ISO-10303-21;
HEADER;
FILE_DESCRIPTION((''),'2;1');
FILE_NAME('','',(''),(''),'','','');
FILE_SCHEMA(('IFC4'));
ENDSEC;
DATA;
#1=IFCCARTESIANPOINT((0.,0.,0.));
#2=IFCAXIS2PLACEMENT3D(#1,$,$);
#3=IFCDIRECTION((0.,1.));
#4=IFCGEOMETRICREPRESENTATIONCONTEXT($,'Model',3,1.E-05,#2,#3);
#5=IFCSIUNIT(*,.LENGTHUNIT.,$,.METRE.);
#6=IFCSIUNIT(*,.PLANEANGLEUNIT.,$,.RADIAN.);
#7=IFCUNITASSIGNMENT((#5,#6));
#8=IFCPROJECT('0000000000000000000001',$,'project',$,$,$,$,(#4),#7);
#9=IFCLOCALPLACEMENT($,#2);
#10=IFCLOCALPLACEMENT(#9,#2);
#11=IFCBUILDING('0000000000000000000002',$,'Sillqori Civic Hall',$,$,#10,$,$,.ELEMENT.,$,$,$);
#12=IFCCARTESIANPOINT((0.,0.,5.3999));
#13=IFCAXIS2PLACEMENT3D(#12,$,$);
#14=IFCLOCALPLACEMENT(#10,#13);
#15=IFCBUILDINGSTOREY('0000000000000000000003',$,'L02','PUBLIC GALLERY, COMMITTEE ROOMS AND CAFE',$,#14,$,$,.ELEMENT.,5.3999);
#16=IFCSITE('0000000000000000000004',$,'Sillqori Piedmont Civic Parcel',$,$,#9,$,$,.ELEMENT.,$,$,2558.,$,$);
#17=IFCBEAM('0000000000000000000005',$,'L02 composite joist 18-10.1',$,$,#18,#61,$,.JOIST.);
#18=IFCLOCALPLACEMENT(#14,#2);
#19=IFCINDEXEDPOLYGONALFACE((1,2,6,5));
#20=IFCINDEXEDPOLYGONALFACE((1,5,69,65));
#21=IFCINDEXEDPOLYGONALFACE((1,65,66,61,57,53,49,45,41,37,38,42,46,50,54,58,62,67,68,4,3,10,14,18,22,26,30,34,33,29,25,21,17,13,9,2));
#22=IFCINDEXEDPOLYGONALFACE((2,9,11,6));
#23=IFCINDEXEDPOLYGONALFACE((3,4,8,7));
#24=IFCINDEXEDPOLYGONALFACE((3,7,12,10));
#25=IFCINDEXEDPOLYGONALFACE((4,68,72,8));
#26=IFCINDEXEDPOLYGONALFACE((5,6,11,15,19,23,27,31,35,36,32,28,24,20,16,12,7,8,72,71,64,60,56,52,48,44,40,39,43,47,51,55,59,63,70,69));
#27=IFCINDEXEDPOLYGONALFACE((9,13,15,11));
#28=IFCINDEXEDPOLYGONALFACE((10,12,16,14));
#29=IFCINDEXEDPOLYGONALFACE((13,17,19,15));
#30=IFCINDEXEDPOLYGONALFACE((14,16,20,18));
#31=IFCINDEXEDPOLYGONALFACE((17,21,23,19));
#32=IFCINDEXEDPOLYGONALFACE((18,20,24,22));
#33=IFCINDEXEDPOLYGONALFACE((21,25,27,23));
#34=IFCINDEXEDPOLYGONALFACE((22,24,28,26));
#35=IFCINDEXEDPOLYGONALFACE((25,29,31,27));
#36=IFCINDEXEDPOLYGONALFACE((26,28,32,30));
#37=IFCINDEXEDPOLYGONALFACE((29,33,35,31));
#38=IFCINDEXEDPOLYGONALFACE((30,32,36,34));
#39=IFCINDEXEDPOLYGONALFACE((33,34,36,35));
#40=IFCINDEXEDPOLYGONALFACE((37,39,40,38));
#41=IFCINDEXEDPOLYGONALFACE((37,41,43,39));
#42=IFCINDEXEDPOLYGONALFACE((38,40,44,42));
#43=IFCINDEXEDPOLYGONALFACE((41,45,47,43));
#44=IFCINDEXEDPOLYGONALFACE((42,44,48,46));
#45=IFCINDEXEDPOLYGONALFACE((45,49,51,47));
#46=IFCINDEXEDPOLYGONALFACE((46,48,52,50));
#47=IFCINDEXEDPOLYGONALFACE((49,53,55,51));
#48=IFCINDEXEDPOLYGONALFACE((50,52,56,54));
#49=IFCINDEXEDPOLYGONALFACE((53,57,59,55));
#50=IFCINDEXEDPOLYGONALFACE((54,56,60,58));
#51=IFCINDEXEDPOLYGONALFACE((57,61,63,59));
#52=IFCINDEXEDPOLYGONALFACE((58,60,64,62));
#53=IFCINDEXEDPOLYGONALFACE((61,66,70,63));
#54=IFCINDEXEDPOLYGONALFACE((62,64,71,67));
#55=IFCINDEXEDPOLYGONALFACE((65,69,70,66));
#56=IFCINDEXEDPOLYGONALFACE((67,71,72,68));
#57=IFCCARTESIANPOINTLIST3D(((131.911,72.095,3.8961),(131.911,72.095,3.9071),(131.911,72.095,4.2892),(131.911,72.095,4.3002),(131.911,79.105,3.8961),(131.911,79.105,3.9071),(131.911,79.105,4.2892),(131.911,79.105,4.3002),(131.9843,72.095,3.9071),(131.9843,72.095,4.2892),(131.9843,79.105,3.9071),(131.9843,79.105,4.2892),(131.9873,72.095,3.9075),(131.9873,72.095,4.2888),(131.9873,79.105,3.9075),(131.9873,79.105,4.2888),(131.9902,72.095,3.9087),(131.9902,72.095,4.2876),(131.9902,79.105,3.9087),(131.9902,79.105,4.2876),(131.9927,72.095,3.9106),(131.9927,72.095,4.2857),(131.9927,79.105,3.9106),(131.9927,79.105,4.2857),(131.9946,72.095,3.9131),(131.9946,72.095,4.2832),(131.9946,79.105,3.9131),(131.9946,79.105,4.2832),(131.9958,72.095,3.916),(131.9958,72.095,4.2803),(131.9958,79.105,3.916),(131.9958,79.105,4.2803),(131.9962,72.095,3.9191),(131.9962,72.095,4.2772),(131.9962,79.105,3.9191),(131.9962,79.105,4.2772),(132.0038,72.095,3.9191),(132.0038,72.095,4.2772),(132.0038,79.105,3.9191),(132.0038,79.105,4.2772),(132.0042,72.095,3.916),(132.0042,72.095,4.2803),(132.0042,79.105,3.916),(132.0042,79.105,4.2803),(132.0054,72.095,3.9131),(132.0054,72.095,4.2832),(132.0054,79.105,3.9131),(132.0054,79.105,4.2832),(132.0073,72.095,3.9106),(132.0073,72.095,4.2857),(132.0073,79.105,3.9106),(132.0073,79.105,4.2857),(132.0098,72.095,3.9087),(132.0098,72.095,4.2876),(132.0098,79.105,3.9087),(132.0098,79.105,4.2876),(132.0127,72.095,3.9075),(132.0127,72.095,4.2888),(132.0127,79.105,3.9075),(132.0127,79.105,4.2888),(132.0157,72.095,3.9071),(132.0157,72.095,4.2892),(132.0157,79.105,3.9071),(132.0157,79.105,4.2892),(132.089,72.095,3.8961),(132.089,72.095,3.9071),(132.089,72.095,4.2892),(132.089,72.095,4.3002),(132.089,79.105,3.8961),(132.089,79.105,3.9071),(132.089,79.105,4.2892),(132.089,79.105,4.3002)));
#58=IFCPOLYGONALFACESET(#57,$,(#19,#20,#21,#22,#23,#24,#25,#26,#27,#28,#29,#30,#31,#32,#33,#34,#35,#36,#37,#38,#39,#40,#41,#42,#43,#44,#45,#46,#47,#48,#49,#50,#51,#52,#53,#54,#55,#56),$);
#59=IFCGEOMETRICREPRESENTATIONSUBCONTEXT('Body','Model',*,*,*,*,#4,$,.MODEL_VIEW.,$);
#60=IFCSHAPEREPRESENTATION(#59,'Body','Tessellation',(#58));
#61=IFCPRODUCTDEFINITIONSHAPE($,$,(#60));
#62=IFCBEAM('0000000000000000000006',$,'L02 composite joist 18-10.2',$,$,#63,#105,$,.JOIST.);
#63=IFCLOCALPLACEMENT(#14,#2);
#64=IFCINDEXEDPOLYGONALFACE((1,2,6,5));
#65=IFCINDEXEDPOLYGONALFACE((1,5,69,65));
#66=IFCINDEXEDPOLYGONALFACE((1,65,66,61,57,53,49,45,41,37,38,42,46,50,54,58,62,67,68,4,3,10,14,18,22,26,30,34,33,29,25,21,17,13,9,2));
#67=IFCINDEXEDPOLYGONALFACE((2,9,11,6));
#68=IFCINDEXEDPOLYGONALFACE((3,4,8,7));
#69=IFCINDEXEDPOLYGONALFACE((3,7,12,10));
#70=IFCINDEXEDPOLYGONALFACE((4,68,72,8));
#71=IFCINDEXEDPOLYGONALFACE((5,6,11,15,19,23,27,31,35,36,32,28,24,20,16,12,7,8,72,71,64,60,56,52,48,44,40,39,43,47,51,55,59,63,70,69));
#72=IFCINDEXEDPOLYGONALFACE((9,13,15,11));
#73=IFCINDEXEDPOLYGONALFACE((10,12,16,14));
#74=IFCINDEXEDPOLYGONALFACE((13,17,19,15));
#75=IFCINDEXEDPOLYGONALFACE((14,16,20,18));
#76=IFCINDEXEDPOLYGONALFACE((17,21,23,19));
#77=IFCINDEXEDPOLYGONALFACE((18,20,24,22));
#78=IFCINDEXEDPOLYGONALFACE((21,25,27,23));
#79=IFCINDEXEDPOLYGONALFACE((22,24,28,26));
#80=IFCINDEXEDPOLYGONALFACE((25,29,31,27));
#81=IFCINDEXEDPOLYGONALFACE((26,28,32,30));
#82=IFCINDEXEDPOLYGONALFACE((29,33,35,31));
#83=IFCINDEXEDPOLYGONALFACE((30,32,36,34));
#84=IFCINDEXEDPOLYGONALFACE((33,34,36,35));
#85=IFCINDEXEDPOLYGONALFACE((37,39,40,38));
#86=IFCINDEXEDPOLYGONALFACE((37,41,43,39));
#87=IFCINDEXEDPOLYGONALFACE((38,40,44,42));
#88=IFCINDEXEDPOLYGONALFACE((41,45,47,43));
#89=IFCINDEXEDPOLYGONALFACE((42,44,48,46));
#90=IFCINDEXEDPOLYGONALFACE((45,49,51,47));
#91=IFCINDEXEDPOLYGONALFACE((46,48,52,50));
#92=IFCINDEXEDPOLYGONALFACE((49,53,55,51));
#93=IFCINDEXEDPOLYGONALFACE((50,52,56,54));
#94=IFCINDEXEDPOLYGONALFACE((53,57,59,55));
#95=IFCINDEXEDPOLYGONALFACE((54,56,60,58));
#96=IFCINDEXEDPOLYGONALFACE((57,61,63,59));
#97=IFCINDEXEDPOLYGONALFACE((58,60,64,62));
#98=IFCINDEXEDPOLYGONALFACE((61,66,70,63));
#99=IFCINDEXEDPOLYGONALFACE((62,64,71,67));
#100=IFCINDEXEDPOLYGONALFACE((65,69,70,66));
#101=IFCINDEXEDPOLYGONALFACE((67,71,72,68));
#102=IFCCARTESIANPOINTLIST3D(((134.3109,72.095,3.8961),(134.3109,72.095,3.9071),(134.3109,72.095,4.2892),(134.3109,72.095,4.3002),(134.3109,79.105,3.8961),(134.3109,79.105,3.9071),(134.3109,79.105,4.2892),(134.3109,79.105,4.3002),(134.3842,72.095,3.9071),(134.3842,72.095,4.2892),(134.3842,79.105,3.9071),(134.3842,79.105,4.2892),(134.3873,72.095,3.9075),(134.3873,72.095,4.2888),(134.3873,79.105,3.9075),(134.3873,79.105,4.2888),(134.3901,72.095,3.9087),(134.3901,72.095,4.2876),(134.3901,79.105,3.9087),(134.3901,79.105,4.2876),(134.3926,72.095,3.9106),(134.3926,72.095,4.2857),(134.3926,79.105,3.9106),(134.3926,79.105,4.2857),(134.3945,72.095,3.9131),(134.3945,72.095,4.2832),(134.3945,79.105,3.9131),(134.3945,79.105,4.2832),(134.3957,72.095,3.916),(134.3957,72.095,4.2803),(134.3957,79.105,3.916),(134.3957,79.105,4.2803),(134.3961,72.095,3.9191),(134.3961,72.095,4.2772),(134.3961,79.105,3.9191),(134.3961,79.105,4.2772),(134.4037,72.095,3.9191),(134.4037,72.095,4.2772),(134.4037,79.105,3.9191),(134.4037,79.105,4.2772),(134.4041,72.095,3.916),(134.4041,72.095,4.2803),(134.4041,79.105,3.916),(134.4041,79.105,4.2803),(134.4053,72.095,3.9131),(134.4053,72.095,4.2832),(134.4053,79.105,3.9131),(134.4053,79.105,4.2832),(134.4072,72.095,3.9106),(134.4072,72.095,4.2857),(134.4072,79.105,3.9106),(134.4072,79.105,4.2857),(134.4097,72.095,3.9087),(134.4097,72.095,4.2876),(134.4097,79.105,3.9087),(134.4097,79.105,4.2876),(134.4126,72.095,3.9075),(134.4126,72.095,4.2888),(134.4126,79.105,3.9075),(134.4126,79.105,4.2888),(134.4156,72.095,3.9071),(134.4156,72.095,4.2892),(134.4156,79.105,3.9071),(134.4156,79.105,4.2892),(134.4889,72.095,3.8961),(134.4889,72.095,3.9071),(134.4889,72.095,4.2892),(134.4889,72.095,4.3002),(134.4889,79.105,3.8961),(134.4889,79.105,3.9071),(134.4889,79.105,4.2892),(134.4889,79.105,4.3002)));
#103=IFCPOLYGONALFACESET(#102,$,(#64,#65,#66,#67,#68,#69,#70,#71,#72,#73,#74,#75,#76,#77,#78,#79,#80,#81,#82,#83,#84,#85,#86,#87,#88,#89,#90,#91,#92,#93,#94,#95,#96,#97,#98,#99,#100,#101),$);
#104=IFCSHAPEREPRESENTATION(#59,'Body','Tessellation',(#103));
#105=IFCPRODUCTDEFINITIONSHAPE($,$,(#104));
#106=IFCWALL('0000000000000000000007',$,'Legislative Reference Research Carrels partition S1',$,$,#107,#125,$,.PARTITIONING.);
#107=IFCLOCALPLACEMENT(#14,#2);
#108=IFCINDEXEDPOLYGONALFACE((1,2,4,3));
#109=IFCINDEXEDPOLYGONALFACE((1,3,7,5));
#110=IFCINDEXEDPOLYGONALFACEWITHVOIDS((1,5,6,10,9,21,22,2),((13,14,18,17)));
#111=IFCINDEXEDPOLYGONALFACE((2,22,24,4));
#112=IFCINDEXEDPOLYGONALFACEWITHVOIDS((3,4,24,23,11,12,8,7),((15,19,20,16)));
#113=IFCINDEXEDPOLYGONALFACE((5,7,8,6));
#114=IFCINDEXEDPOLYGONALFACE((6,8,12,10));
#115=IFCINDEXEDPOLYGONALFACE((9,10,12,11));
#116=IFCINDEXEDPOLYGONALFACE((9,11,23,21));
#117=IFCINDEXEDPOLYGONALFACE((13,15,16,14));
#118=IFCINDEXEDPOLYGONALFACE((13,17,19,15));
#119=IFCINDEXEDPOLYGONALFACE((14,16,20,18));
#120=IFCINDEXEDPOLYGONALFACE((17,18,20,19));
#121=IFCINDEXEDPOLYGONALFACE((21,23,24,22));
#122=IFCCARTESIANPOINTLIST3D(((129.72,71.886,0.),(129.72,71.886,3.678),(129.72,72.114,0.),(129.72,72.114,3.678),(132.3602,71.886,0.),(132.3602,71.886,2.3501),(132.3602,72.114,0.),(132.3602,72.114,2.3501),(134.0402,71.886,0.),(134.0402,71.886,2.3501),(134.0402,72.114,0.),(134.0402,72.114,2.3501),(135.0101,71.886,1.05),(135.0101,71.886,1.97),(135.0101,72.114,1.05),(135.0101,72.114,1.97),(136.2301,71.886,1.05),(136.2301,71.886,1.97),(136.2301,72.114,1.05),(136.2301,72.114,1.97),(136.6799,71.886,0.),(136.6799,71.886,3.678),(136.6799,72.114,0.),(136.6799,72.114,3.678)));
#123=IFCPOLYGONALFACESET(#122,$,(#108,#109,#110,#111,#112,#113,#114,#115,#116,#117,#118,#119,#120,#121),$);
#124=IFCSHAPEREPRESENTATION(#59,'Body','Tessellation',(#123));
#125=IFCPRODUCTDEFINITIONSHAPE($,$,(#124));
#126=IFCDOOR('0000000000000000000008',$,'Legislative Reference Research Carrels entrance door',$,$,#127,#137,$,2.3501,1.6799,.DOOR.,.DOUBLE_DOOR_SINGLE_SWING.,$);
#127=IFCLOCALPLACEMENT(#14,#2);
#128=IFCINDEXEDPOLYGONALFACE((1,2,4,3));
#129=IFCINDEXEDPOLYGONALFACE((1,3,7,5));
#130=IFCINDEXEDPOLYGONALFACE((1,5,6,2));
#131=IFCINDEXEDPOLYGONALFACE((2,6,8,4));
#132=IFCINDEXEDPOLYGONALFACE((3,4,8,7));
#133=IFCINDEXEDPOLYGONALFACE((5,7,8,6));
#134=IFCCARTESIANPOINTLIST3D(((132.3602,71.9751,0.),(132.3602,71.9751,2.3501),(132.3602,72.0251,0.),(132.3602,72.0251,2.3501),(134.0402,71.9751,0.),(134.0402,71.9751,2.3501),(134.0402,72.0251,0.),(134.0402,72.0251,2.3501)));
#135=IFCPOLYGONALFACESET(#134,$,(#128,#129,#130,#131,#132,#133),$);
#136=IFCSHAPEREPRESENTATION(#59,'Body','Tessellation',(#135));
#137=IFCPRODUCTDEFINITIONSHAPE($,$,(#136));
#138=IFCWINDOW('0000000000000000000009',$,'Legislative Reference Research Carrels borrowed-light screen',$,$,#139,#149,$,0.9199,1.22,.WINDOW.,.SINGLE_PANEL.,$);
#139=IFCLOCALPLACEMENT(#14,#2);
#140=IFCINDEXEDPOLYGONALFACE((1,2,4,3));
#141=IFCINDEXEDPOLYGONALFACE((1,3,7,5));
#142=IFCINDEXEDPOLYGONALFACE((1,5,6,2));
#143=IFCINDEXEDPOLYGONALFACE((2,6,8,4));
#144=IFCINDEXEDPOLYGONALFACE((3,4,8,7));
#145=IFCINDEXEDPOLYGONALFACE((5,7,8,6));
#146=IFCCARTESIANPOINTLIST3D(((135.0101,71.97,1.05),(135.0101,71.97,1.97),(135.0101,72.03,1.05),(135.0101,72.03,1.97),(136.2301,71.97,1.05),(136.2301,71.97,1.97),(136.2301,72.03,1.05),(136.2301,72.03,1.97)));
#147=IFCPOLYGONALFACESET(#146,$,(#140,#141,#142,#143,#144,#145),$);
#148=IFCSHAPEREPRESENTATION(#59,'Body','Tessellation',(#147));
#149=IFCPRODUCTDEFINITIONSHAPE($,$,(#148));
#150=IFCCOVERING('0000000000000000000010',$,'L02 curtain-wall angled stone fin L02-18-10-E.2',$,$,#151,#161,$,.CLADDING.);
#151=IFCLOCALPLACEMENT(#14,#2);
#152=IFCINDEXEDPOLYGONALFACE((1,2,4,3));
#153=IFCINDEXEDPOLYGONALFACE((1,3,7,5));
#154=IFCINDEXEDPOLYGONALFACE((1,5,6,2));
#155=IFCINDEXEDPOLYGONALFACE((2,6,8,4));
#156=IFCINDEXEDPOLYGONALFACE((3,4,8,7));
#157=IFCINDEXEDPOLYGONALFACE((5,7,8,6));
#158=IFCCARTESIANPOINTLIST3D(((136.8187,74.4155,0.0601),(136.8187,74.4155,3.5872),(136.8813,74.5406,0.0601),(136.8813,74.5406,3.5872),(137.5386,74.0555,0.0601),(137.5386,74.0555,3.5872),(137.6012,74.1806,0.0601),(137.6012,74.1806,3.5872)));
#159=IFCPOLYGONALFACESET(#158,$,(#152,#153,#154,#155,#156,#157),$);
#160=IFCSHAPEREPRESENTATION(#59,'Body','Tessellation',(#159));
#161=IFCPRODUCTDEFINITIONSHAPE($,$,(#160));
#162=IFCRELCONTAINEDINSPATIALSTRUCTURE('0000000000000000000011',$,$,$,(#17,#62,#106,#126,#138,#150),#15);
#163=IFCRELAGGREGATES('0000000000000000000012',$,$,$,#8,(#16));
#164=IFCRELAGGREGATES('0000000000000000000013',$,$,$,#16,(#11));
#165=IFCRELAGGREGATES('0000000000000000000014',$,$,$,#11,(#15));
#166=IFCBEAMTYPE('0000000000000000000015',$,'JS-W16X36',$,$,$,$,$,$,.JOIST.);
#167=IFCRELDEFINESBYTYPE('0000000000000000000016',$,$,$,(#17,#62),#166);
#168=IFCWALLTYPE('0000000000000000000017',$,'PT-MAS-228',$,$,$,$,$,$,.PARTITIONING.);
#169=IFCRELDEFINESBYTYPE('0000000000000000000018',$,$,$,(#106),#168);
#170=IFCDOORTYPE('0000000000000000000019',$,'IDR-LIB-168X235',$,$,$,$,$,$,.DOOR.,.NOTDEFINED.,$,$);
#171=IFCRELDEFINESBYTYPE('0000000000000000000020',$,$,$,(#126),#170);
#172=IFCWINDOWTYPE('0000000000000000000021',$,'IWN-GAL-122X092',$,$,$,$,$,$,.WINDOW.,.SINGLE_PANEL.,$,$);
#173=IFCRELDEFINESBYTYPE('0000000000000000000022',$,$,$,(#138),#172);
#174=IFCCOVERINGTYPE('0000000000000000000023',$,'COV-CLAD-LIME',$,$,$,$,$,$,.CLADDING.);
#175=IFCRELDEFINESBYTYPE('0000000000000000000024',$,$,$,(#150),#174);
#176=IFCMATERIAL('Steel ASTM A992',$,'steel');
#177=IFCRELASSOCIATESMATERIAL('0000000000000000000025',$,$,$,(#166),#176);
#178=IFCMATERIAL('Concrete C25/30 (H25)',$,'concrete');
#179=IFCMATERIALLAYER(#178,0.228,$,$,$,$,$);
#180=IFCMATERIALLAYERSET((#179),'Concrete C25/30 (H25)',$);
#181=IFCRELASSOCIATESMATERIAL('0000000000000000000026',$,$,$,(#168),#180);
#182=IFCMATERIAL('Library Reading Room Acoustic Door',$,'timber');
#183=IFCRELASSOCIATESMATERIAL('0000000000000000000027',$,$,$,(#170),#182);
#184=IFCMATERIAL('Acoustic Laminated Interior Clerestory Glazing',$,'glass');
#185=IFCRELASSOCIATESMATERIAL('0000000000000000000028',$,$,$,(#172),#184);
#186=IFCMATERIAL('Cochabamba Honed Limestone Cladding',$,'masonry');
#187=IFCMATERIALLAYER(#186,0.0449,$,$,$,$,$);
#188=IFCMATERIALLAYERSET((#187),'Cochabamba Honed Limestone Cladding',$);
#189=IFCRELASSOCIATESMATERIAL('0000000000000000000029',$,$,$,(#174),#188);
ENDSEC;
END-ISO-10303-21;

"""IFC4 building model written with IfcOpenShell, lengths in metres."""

from ifc_helpers import new_model, si_unit, direction, frame, frame_2d, origin, origin_2d, place, context, subcontext, project, spatial, rectangle, i_section, extrude, material, layer, layer_set, material_profile, profile_set, type_object, element, fill, save


model = new_model("IFC4")

# Units and contexts
model_context = context("Model", 3, precision=1e-05, world=origin(), true_north=direction((0.0, 1.0)))
body_context = subcontext(model_context, "Body", "Model", "MODEL_VIEW")
ifc_project = project(units=[si_unit("LENGTHUNIT", "METRE"), si_unit("PLANEANGLEUNIT", "RADIAN")], contexts=[model_context])

# Site, building, storey
site_placement = place(None, origin())
site = spatial("IfcSite", under=ifc_project, at=site_placement, Name="Sillqori Piedmont Civic Parcel", CompositionType="ELEMENT", RefElevation=2558.0)
building_placement = place(site_placement, origin())
building = spatial("IfcBuilding", under=site, at=building_placement, Name="Sillqori Civic Hall", CompositionType="ELEMENT")
storey_placement = place(building_placement, frame((0.0, 0.0, 5.3999)))
storey = spatial("IfcBuildingStorey", under=building, at=storey_placement, Name="L02", Description="PUBLIC GALLERY, COMMITTEE ROOMS AND CAFE", CompositionType="ELEMENT", Elevation=5.3999)

# Shared definitions
ifc_material_1 = material(Name="Steel ASTM A992", Category="steel")

# Beams
ifc_material_profile_1 = material_profile(ifc_material_1, i_section(OverallWidth=0.178, OverallDepth=0.4041, WebThickness=0.0076, FlangeThickness=0.011, FilletRadius=0.012, at=origin_2d()), Name="W16X36")
ifc_profile_set_1 = profile_set([ifc_material_profile_1], Name="Steel ASTM A992")
beam_type_1 = type_object("IfcBeamType", Name="JS-W16X36", PredefinedType="JOIST", material=ifc_profile_set_1)
for number, where, z_axis, x_axis, name in (
    (1, (132.0, 72.095, 4.0981), (0.0, 1.0, 0.0), (-1.0, 0.0, 0.0), "L02 composite joist 18-10.1"),
    (2, (134.3999, 72.095, 4.0981), (0.0, 1.0, 0.0), (-1.0, 0.0, 0.0), "L02 composite joist 18-10.2"),
):
    element("IfcBeam", number, at=place(storey_placement, frame(where, z_axis=z_axis, x_axis=x_axis)), inside=storey, type_object=beam_type_1, Name=name, PredefinedType="JOIST", context=body_context, shape_type="SweptSolid", body=[
        extrude(i_section(OverallWidth=0.178, OverallDepth=0.4041, WebThickness=0.0076, FlangeThickness=0.011, FilletRadius=0.012, at=origin_2d()), origin(), (0.0, 0.0, 1.0), 7.01),
    ])

# Wall, openings, door, window
ifc_material_2 = material(Name="Concrete C25/30 (H25)", Category="concrete")
ifc_layer_1 = layer(ifc_material_2, 0.228)
ifc_layer_set_1 = layer_set([ifc_layer_1], Name="Concrete C25/30 (H25)")
wall_type = type_object("IfcWallType", Name="PT-MAS-228", PredefinedType="PARTITIONING", material=ifc_layer_set_1)
wall_placement = place(storey_placement, frame((136.6799, 72.0, 0.0), z_axis=(0.0, 0.0, 1.0), x_axis=(-1.0, 0.0, 0.0)))
wall = element("IfcWall", 3, at=wall_placement, inside=storey, type_object=wall_type, Name="Legislative Reference Research Carrels partition S1", PredefinedType="PARTITIONING", context=body_context, shape_type="SweptSolid", body=[
    extrude(rectangle(XDim=6.96, YDim=0.228, at=frame_2d((3.48, 0.0))), origin(), (0.0, 0.0, 1.0), 3.678),
])
opening_1_placement = place(wall_placement, frame((2.6399, 0.0, 0.0)))
opening_1 = element("IfcOpeningElement", 4, at=opening_1_placement, cuts=wall, PredefinedType="OPENING", context=body_context, shape_type="SweptSolid", body=[
    extrude(rectangle(XDim=1.6799, YDim=2.3501, at=frame_2d((0.8398, 1.175))), frame((0.0, 0.124, 0.0), z_axis=(0.0, -1.0, 0.0), x_axis=(1.0, 0.0, 0.0)), (0.0, 0.0, 1.0), 0.248),
])
opening_2_placement = place(wall_placement, frame((0.45, 0.0, 1.05)))
opening_2 = element("IfcOpeningElement", 5, at=opening_2_placement, cuts=wall, PredefinedType="OPENING", context=body_context, shape_type="SweptSolid", body=[
    extrude(rectangle(XDim=1.22, YDim=0.9199, at=frame_2d((0.6099, 0.46))), frame((0.0, 0.124, 0.0), z_axis=(0.0, -1.0, 0.0), x_axis=(1.0, 0.0, 0.0)), (0.0, 0.0, 1.0), 0.248),
])
ifc_material_3 = material(Name="Library Reading Room Acoustic Door", Category="timber")
door_type = type_object("IfcDoorType", Name="IDR-LIB-168X235", OperationType="NOTDEFINED", PredefinedType="DOOR", material=ifc_material_3)
door_placement = place(opening_1_placement, origin())
door = element("IfcDoor", 6, at=door_placement, inside=storey, type_object=door_type, Name="Legislative Reference Research Carrels entrance door", OperationType="DOUBLE_DOOR_SINGLE_SWING", OverallHeight=2.3501, OverallWidth=1.6799, PredefinedType="DOOR", context=body_context, shape_type="SweptSolid", body=[
    extrude(rectangle(XDim=1.6799, YDim=2.3501, at=frame_2d((0.8398, 1.175))), frame((0.0, 0.0249, 0.0), z_axis=(0.0, -1.0, 0.0), x_axis=(1.0, 0.0, 0.0)), (0.0, 0.0, 1.0), 0.05),
])
fill(opening_1, door)
ifc_material_4 = material(Name="Acoustic Laminated Interior Clerestory Glazing", Category="glass")
window_type = type_object("IfcWindowType", Name="IWN-GAL-122X092", PartitioningType="SINGLE_PANEL", PredefinedType="WINDOW", material=ifc_material_4)
window_placement = place(opening_2_placement, origin())
window = element("IfcWindow", 7, at=window_placement, inside=storey, type_object=window_type, Name="Legislative Reference Research Carrels borrowed-light screen", OverallHeight=0.9199, OverallWidth=1.22, PartitioningType="SINGLE_PANEL", PredefinedType="WINDOW", context=body_context, shape_type="SweptSolid", body=[
    extrude(rectangle(XDim=1.22, YDim=0.9199, at=frame_2d((0.6099, 0.46))), frame((0.0, 0.03, 0.0), z_axis=(0.0, -1.0, 0.0), x_axis=(1.0, 0.0, 0.0)), (0.0, 0.0, 1.0), 0.0601),
])
fill(opening_2, window)

# Covering
ifc_material_5 = material(Name="Cochabamba Honed Limestone Cladding", Category="masonry")
ifc_layer_2 = layer(ifc_material_5, 0.0449)
ifc_layer_set_2 = layer_set([ifc_layer_2], Name="Cochabamba Honed Limestone Cladding")
covering_type = type_object("IfcCoveringType", Name="COV-CLAD-LIME", PredefinedType="CLADDING", material=ifc_layer_set_2)
covering_placement = place(storey_placement, frame((136.8501, 74.478, 0.0601), z_axis=(0.0, 0.0, 1.0), x_axis=(0.894367, -0.447335, 0.0)))
element("IfcCovering", 8, at=covering_placement, inside=storey, type_object=covering_type, Name="L02 curtain-wall angled stone fin L02-18-10-E.2", PredefinedType="CLADDING", context=body_context, shape_type="SweptSolid", body=[
    extrude(rectangle(XDim=0.8049, YDim=0.1399, at=frame_2d((0.4023, 0.0))), origin(), (0.0, 0.0, 1.0), 3.5271),
])

save(model, "model.ifc")
